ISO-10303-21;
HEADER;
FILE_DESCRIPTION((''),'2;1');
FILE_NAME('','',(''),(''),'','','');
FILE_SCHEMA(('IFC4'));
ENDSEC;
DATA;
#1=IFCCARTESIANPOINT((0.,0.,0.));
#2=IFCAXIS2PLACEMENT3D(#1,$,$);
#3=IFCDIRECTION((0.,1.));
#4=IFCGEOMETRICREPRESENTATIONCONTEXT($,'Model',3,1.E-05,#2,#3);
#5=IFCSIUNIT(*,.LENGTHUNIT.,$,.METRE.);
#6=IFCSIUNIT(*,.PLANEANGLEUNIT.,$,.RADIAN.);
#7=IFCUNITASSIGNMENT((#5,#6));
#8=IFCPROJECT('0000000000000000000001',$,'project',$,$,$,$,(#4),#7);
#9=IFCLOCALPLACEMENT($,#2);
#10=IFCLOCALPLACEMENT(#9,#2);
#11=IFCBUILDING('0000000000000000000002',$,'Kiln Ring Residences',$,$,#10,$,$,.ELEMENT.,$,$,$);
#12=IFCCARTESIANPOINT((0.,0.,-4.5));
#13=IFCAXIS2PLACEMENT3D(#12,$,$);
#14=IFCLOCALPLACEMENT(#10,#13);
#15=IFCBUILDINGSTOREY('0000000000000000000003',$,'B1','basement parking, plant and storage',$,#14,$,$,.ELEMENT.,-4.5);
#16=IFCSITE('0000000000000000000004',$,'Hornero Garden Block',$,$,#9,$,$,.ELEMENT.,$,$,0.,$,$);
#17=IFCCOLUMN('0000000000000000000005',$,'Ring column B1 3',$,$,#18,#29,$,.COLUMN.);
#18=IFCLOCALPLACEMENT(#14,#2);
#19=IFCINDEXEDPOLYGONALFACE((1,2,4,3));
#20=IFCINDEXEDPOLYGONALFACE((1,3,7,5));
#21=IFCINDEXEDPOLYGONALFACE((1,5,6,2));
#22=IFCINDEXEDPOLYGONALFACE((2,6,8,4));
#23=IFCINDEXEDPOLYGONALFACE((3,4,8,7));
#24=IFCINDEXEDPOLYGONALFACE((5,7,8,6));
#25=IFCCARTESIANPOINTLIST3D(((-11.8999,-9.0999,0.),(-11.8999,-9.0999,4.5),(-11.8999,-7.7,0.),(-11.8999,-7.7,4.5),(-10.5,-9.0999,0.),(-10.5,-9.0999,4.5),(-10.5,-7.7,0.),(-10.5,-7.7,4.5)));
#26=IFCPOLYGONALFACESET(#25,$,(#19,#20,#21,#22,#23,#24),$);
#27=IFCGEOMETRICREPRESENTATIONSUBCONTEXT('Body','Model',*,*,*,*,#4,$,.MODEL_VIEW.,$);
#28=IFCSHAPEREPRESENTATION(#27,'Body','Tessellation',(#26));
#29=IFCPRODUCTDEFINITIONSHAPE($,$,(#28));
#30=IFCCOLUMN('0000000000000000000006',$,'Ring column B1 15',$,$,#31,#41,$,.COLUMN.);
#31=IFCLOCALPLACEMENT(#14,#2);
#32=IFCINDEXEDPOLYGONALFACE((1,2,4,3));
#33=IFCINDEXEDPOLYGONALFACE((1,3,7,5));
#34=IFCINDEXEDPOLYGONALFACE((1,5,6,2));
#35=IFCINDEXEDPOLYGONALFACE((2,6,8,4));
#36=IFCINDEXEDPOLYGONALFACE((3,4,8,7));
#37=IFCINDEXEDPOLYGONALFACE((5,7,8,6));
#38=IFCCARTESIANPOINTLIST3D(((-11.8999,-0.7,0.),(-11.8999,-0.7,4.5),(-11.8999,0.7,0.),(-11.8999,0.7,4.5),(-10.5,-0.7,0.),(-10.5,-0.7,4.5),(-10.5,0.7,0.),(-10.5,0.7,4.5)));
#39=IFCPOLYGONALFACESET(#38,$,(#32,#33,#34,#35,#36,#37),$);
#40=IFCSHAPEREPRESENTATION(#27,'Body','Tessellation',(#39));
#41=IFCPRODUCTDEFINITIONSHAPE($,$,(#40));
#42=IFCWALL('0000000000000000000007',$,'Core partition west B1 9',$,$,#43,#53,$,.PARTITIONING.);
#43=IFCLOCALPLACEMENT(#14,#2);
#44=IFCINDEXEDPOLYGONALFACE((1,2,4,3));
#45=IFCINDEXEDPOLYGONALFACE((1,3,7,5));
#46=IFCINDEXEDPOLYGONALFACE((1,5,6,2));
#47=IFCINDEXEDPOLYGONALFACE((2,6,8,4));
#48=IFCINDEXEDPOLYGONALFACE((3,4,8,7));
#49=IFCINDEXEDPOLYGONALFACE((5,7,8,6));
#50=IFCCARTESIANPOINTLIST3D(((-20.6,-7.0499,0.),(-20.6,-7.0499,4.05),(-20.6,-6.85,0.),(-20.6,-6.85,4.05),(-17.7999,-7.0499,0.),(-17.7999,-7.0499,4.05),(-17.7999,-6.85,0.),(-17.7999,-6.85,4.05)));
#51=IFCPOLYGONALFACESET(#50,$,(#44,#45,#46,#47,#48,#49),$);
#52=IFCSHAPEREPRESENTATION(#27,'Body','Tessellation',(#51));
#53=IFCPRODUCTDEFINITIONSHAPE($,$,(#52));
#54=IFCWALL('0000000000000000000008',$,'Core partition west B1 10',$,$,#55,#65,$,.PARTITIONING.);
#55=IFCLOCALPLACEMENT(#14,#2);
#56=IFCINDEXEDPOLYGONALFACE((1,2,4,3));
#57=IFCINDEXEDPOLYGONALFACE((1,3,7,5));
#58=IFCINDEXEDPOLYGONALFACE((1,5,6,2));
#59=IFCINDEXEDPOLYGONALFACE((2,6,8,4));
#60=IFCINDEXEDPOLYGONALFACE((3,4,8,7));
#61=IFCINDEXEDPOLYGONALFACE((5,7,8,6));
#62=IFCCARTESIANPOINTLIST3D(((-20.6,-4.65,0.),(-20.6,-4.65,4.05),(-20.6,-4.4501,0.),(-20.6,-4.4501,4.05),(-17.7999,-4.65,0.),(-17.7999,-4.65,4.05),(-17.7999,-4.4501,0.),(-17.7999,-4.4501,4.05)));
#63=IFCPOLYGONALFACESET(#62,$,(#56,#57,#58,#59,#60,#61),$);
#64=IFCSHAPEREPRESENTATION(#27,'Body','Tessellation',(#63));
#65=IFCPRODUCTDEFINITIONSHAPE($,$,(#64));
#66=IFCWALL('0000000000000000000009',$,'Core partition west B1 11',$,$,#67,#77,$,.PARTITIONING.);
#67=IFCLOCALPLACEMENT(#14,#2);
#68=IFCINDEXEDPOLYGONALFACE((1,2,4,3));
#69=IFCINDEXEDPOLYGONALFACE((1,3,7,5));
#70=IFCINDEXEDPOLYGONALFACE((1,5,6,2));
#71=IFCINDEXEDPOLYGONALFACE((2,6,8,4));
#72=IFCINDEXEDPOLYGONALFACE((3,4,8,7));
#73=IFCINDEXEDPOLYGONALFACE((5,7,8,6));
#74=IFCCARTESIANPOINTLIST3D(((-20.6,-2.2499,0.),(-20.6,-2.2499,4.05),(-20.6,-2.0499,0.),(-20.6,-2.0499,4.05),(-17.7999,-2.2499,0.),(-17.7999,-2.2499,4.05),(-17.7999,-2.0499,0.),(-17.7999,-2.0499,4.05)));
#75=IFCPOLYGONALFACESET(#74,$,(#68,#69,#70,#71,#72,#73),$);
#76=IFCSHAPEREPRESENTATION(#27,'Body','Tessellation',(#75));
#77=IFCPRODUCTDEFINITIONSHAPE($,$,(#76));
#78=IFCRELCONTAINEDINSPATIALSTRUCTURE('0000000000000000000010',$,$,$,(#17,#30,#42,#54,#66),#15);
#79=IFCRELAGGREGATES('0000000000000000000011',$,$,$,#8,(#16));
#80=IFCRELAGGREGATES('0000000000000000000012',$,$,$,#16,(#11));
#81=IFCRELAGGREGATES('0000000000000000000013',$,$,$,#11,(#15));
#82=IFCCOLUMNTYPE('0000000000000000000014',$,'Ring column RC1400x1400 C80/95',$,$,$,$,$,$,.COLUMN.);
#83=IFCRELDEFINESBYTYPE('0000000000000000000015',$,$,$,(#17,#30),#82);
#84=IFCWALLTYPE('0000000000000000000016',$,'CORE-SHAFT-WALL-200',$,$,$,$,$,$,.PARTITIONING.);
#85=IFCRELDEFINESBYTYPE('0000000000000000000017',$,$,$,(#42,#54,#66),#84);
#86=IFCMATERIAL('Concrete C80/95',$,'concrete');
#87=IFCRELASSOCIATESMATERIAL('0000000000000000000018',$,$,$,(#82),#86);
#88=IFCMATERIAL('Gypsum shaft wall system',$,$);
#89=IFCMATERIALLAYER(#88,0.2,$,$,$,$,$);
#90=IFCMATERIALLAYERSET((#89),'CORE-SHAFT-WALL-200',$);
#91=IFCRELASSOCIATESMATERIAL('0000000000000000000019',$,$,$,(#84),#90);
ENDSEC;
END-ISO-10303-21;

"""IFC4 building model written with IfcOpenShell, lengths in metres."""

from ifc_helpers import new_model, si_unit, direction, frame, frame_2d, origin, origin_2d, place, context, subcontext, project, spatial, rectangle, extrude, material, layer, layer_set, material_profile, profile_set, type_object, element, save


model = new_model("IFC4")

# Units and contexts
model_context = context("Model", 3, precision=1e-05, world=origin(), true_north=direction((0.0, 1.0)))
body_context = subcontext(model_context, "Body", "Model", "MODEL_VIEW")
ifc_project = project(units=[si_unit("LENGTHUNIT", "METRE"), si_unit("PLANEANGLEUNIT", "RADIAN")], contexts=[model_context])

# Site, building, storey
site_placement = place(None, origin())
site = spatial("IfcSite", under=ifc_project, at=site_placement, Name="Hornero Garden Block", CompositionType="ELEMENT", RefElevation=0.0)
building_placement = place(site_placement, origin())
building = spatial("IfcBuilding", under=site, at=building_placement, Name="Kiln Ring Residences", CompositionType="ELEMENT")
storey_placement = place(building_placement, frame((0.0, 0.0, -4.5)))
storey = spatial("IfcBuildingStorey", under=building, at=storey_placement, Name="B1", Description="basement parking, plant and storage", CompositionType="ELEMENT", Elevation=-4.5)

# Columns
ifc_material_1 = material(Name="Concrete C80/95", Category="concrete")
ifc_material_profile_1 = material_profile(ifc_material_1, rectangle(XDim=1.3999, YDim=1.3999, at=origin_2d()), Name="RC1400x1400")
ifc_profile_set_1 = profile_set([ifc_material_profile_1], Name="Concrete C80/95")
column_type_1 = type_object("IfcColumnType", Name="Ring column RC1400x1400 C80/95", PredefinedType="COLUMN", material=ifc_profile_set_1)
for number, where, z_axis, x_axis, name in (
    (1, (-11.2, -8.3999, 0.0), (0.0, 0.0, 1.0), (1.0, 0.0, 0.0), "Ring column B1 3"),
    (2, (-11.2, 0.0, 0.0), (0.0, 0.0, 1.0), (1.0, 0.0, 0.0), "Ring column B1 15"),
):
    element("IfcColumn", number, at=place(storey_placement, frame(where, z_axis=z_axis, x_axis=x_axis)), inside=storey, type_object=column_type_1, Name=name, PredefinedType="COLUMN", context=body_context, shape_type="SweptSolid", body=[
        extrude(rectangle(XDim=1.3999, YDim=1.3999, at=origin_2d()), origin(), (0.0, 0.0, 1.0), 4.5),
    ])

# Walls
ifc_material_2 = material(Name="Gypsum shaft wall system")
ifc_layer_1 = layer(ifc_material_2, 0.2)
ifc_layer_set_1 = layer_set([ifc_layer_1], Name="CORE-SHAFT-WALL-200")
wall_type_1 = type_object("IfcWallType", Name="CORE-SHAFT-WALL-200", PredefinedType="PARTITIONING", material=ifc_layer_set_1)
for number, where, z_axis, x_axis, name in (
    (3, (-17.8, -6.95, 0.0), (0.0, 0.0, 1.0), (-1.0, 0.0, 0.0), "Core partition west B1 9"),
    (4, (-17.8, -4.55, 0.0), (0.0, 0.0, 1.0), (-1.0, 0.0, 0.0), "Core partition west B1 10"),
    (5, (-17.8, -2.1499, 0.0), (0.0, 0.0, 1.0), (-1.0, 0.0, 0.0), "Core partition west B1 11"),
):
    element("IfcWall", number, at=place(storey_placement, frame(where, z_axis=z_axis, x_axis=x_axis)), inside=storey, type_object=wall_type_1, Name=name, PredefinedType="PARTITIONING", context=body_context, shape_type="SweptSolid", body=[
        extrude(rectangle(XDim=2.8, YDim=0.2, at=frame_2d((1.3999, 0.0))), origin(), (0.0, 0.0, 1.0), 4.05),
    ])

save(model, "model.ifc")
